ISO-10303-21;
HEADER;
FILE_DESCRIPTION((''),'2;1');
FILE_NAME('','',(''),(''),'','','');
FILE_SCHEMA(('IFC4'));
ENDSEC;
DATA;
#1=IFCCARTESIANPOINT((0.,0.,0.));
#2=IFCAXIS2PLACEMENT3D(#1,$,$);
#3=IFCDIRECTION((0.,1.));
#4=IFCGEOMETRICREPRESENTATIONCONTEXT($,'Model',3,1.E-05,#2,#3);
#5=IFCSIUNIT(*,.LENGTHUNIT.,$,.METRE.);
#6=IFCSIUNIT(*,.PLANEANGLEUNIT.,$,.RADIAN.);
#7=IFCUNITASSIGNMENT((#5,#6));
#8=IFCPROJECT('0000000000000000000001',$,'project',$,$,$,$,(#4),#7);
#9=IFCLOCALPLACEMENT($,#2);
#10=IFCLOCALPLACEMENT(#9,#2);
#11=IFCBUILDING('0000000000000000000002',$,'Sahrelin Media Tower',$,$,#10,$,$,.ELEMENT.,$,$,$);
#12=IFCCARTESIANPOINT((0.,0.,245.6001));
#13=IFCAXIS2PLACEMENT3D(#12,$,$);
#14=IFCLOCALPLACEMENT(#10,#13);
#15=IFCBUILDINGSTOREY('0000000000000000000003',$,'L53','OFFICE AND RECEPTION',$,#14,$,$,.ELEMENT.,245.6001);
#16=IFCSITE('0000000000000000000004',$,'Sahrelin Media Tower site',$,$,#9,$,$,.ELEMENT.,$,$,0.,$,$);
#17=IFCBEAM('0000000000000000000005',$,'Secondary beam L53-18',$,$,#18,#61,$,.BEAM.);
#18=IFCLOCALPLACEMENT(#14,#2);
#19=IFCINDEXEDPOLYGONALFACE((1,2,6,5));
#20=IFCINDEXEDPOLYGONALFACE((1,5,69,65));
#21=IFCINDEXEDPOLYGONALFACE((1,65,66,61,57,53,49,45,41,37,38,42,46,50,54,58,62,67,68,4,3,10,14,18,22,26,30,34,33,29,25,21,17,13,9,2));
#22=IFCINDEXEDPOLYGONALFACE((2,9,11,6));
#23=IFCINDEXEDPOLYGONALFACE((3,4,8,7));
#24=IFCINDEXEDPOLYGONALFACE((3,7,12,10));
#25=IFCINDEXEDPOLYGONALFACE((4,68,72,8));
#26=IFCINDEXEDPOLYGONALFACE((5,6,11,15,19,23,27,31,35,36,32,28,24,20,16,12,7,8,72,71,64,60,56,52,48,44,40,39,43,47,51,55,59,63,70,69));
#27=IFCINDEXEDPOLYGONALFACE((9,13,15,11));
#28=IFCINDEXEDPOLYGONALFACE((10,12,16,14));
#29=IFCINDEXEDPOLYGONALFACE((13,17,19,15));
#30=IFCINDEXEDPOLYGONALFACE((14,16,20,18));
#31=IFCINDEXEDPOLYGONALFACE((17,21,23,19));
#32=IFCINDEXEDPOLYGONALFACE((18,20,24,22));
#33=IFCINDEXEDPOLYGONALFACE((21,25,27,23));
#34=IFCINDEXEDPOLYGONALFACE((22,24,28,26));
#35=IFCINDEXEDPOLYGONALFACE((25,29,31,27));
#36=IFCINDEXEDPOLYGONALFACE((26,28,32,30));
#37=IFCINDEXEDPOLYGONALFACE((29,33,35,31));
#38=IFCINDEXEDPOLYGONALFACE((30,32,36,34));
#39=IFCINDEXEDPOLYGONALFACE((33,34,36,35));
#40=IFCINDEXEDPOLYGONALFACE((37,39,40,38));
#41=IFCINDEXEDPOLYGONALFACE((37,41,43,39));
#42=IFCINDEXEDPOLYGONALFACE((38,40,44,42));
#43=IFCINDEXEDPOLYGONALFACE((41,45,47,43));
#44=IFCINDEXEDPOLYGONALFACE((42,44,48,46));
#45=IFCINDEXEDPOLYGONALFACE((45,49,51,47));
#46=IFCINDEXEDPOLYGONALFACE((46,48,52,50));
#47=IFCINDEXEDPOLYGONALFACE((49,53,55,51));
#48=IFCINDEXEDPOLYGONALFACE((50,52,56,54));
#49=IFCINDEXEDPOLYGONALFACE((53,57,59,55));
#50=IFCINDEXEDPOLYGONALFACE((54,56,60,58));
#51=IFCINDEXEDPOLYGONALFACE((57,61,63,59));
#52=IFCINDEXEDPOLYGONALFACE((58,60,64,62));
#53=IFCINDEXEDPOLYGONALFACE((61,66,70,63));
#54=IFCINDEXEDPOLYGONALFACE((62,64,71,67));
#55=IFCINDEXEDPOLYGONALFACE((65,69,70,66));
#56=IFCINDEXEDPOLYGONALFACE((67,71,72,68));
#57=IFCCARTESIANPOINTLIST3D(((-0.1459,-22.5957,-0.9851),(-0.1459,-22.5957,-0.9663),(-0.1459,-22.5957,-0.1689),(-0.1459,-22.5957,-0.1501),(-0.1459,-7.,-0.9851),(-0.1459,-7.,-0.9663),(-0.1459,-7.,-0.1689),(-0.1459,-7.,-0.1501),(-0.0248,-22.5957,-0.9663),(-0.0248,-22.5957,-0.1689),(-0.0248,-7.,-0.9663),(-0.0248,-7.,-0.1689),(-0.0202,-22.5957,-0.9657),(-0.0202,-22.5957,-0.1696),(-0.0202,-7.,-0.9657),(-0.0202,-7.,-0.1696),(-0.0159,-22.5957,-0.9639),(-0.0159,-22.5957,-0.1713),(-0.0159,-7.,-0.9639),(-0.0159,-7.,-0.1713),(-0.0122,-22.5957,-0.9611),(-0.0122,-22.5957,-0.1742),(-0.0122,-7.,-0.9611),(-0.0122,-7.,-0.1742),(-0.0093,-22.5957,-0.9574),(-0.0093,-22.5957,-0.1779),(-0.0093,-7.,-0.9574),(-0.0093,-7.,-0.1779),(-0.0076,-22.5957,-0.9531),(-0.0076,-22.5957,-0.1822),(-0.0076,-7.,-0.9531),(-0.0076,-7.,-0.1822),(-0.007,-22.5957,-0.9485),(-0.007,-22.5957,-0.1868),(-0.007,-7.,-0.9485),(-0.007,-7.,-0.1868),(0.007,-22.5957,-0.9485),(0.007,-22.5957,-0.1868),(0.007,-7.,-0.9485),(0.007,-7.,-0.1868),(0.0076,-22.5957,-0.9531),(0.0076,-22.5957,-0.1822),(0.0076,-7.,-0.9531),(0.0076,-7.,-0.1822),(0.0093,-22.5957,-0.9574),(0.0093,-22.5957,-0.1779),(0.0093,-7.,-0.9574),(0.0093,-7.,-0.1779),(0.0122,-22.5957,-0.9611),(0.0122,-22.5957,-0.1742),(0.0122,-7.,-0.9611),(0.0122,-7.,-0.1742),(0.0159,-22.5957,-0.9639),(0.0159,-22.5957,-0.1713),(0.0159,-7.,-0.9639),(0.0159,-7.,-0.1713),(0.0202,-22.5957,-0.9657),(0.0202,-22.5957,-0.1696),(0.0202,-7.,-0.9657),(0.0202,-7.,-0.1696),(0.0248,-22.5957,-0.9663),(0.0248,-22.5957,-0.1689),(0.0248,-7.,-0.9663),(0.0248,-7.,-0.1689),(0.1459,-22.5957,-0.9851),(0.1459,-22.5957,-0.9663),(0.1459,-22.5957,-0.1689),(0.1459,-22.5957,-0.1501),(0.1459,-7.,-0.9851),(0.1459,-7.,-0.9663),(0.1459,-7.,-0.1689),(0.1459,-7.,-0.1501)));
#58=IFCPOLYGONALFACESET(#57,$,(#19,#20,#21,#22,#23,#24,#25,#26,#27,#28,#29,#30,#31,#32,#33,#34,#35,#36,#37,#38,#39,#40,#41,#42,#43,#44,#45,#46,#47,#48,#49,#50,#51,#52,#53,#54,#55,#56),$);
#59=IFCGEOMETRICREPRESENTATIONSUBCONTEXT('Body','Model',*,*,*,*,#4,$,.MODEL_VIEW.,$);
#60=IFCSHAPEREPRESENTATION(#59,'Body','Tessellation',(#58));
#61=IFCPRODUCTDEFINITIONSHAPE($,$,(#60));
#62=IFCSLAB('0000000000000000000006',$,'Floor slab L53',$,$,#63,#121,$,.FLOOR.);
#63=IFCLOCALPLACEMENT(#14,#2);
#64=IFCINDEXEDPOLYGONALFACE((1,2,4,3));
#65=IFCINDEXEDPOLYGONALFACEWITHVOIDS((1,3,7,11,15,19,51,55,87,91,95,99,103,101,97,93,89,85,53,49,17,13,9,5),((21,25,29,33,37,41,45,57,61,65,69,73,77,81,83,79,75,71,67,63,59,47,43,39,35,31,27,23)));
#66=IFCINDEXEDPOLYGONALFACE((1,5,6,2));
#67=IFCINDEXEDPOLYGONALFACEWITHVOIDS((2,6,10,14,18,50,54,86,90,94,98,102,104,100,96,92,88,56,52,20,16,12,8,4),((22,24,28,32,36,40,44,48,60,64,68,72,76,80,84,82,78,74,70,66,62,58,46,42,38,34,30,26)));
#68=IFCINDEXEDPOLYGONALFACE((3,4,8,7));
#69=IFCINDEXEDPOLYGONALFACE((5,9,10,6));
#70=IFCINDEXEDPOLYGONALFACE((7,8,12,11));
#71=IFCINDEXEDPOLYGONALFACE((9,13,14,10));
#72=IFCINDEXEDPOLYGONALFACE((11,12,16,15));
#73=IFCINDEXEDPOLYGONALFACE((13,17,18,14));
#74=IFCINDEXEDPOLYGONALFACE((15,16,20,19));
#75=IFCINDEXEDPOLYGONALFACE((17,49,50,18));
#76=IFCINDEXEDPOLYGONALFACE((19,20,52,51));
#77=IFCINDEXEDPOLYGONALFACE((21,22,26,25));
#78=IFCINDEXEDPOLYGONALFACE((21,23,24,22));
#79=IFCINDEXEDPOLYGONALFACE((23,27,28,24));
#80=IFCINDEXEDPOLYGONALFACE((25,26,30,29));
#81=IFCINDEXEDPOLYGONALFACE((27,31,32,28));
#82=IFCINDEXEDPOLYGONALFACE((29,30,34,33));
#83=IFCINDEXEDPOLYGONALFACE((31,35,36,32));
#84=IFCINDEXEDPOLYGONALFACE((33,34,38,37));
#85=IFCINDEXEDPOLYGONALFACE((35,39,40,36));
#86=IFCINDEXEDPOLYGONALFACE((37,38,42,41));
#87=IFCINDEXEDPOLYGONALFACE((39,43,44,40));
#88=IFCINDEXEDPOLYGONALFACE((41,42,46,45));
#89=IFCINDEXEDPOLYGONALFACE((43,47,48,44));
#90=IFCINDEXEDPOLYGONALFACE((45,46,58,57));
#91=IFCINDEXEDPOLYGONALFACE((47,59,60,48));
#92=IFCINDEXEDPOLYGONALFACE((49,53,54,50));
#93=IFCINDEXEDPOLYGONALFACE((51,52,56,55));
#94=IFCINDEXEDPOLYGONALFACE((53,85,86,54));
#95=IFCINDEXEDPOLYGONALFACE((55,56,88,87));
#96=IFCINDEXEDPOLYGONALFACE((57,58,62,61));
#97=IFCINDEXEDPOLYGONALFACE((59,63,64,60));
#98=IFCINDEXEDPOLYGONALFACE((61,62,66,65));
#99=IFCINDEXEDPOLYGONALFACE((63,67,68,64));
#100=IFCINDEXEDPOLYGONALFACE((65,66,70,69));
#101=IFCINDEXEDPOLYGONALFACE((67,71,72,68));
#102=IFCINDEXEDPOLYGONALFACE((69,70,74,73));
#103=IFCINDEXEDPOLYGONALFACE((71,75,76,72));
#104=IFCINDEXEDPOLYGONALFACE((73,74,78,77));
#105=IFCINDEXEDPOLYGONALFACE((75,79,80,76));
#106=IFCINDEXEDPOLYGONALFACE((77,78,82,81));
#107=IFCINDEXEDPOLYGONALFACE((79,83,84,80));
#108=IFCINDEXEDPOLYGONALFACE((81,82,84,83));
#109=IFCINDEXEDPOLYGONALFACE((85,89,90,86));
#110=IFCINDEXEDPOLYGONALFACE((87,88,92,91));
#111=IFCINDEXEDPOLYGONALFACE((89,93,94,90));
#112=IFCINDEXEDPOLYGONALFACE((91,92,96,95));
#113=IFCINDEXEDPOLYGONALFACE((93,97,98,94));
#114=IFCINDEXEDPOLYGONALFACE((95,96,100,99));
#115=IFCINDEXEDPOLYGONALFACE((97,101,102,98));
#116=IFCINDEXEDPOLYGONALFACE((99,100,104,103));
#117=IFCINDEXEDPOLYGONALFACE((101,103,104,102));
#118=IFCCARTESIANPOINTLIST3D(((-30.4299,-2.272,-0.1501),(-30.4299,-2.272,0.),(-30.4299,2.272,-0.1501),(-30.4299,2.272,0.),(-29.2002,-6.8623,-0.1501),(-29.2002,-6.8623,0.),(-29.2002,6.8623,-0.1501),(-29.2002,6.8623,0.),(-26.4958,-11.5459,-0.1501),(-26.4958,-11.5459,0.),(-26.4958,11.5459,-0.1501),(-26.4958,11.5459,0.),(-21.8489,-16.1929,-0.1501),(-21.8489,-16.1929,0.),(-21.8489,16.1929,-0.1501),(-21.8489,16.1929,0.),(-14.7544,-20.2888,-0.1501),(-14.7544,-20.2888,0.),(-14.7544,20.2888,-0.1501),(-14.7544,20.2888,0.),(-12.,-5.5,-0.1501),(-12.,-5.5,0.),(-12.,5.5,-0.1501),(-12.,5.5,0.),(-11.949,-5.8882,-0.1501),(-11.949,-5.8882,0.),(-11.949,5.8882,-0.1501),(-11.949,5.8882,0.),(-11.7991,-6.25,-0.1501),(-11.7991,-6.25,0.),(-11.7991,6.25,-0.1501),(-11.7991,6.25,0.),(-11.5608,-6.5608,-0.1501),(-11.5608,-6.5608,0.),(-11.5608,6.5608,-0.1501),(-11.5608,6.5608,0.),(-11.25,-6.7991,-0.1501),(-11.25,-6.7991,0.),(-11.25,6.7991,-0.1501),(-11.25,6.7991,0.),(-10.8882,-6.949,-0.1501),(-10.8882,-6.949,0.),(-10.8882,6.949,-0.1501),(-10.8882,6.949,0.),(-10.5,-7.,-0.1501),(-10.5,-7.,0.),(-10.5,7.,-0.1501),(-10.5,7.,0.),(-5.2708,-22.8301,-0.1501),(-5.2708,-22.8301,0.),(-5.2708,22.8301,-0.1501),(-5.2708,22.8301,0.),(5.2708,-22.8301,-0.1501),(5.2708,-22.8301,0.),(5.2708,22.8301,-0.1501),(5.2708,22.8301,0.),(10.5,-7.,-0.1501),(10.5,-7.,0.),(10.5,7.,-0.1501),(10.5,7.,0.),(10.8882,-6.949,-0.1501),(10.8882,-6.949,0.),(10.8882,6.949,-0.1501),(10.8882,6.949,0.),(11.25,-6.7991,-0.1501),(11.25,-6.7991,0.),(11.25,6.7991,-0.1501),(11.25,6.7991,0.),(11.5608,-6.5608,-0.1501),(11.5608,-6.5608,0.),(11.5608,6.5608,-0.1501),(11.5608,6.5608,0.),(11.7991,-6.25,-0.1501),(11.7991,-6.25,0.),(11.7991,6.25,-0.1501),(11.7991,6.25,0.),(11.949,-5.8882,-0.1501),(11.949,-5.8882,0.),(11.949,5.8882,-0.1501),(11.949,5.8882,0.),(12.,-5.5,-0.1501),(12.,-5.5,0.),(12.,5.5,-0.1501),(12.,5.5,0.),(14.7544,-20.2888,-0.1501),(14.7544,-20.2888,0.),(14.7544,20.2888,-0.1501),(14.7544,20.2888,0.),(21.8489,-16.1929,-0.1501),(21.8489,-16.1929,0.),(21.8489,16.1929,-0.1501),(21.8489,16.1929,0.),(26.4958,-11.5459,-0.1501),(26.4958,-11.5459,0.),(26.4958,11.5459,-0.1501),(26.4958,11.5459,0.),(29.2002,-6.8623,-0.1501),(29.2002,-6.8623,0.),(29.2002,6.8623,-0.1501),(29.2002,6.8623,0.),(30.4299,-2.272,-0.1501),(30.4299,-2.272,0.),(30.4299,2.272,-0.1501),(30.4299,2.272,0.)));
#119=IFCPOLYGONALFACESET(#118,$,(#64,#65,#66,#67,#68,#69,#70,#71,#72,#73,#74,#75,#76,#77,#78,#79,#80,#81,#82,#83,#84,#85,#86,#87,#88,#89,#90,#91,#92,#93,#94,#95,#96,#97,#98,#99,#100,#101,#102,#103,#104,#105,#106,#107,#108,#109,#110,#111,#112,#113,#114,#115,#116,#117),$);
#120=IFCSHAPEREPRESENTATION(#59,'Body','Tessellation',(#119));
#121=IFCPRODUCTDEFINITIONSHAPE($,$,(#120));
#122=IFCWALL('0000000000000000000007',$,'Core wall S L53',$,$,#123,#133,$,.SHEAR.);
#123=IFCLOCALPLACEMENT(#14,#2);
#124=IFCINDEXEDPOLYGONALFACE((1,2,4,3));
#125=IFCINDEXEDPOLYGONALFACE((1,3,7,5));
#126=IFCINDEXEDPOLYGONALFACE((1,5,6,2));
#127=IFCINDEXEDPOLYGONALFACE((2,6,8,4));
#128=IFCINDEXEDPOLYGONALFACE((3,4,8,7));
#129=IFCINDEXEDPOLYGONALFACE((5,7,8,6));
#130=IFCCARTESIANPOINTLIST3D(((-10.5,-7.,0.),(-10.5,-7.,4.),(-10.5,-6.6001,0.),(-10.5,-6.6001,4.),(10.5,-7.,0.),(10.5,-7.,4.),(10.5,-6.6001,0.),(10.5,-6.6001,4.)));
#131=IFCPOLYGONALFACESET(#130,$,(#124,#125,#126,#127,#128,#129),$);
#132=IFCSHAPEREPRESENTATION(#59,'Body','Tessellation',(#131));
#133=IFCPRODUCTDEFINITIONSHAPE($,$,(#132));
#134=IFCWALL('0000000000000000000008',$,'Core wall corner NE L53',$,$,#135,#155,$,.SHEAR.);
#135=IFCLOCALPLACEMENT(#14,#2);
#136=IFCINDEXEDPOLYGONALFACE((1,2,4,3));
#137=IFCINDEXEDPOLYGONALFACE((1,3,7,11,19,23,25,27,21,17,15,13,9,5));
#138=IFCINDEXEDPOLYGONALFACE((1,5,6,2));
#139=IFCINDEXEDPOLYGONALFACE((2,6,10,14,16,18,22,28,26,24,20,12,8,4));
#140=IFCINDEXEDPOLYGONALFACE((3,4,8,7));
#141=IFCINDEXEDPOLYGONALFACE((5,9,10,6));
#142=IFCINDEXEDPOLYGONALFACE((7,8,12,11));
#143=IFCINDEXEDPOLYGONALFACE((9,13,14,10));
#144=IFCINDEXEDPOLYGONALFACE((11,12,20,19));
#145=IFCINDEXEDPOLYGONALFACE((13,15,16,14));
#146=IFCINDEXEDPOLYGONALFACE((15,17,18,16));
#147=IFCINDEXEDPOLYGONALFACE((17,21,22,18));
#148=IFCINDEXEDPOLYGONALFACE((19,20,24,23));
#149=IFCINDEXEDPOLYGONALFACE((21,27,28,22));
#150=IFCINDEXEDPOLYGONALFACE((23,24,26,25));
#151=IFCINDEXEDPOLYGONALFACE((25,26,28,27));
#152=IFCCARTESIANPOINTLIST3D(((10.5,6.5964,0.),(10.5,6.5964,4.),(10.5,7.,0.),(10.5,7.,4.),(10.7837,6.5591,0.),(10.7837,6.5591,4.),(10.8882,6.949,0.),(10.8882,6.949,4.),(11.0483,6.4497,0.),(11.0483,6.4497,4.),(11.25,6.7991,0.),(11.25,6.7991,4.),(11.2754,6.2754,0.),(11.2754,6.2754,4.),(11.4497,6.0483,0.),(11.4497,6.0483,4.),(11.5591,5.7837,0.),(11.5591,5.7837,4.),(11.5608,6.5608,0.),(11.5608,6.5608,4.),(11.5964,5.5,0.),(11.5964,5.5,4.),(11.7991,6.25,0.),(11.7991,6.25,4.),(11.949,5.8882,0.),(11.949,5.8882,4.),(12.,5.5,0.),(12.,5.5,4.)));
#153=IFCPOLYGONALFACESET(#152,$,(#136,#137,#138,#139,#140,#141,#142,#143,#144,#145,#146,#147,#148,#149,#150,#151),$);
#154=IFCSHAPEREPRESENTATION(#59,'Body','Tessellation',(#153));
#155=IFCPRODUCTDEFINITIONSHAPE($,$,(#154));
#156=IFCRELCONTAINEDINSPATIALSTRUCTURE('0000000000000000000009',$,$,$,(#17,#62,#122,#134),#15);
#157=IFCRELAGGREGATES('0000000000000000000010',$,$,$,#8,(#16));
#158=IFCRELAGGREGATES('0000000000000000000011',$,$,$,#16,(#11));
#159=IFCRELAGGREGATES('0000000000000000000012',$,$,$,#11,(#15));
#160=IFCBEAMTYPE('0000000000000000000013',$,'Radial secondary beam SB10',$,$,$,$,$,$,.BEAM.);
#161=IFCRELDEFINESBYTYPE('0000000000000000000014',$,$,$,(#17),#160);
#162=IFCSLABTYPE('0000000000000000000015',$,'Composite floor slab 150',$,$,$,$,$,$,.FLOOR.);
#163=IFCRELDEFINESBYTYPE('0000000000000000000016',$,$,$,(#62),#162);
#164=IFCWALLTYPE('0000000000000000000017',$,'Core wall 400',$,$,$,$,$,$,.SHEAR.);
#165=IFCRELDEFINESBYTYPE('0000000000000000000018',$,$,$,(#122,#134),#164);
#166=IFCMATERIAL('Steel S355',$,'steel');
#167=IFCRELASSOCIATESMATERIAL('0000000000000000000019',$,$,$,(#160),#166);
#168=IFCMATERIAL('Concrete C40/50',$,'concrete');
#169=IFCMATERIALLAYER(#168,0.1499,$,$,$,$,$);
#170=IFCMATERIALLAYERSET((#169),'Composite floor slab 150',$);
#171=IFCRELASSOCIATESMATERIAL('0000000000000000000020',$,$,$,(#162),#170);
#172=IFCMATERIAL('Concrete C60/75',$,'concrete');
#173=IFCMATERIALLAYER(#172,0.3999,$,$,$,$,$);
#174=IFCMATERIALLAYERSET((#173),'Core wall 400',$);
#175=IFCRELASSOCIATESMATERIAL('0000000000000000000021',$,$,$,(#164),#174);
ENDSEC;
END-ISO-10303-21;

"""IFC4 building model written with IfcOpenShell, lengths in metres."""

from ifc_helpers import new_model, si_unit, direction, frame, frame_2d, origin, origin_2d, place, context, subcontext, project, spatial, polyline, rectangle, i_section, outline, extrude, material, layer, layer_set, material_profile, profile_set, type_object, element, save


model = new_model("IFC4")

# Units and contexts
model_context = context("Model", 3, precision=1e-05, world=origin(), true_north=direction((0.0, 1.0)))
body_context = subcontext(model_context, "Body", "Model", "MODEL_VIEW")
ifc_project = project(units=[si_unit("LENGTHUNIT", "METRE"), si_unit("PLANEANGLEUNIT", "RADIAN")], contexts=[model_context])

# Site, building, storey
site_placement = place(None, origin())
site = spatial("IfcSite", under=ifc_project, at=site_placement, Name="Sahrelin Media Tower site", CompositionType="ELEMENT", RefElevation=0.0)
building_placement = place(site_placement, origin())
building = spatial("IfcBuilding", under=site, at=building_placement, Name="Sahrelin Media Tower", CompositionType="ELEMENT")
storey_placement = place(building_placement, frame((0.0, 0.0, 245.6001)))
storey = spatial("IfcBuildingStorey", under=building, at=storey_placement, Name="L53", Description="OFFICE AND RECEPTION", CompositionType="ELEMENT", Elevation=245.6001)

# Beam
ifc_material_1 = material(Name="Steel S355", Category="steel")
ifc_material_profile = material_profile(ifc_material_1, i_section(OverallWidth=0.2917, OverallDepth=0.835, WebThickness=0.0139, FlangeThickness=0.0188, FilletRadius=0.0178, at=origin_2d()), Name="UB 838x292x176")
ifc_profile_set = profile_set([ifc_material_profile], Name="Steel S355")
beam_type = type_object("IfcBeamType", Name="Radial secondary beam SB10", PredefinedType="BEAM", material=ifc_profile_set)
beam_placement = place(storey_placement, frame((0.0, -7.0, -0.5676), z_axis=(0.0, -1.0, 0.0), x_axis=(1.0, 0.0, 0.0)))
element("IfcBeam", 1, at=beam_placement, inside=storey, type_object=beam_type, Name="Secondary beam L53-18", PredefinedType="BEAM", context=body_context, shape_type="SweptSolid", body=[
    extrude(i_section(OverallWidth=0.2917, OverallDepth=0.835, WebThickness=0.0139, FlangeThickness=0.0188, FilletRadius=0.0178, at=origin_2d()), origin(), (0.0, 0.0, 1.0), 15.5957),
])

# Slab
ifc_material_2 = material(Name="Concrete C40/50", Category="concrete")
ifc_layer_1 = layer(ifc_material_2, 0.1499)
ifc_layer_set_1 = layer_set([ifc_layer_1], Name="Composite floor slab 150")
slab_type = type_object("IfcSlabType", Name="Composite floor slab 150", PredefinedType="FLOOR", material=ifc_layer_set_1)
slab_placement = place(storey_placement, frame((0.0, 0.0, -0.1501)))
element("IfcSlab", 2, at=slab_placement, inside=storey, type_object=slab_type, Name="Floor slab L53", PredefinedType="FLOOR", context=body_context, shape_type="SweptSolid", body=[
    extrude(outline(polyline([(30.4299, -2.272), (30.4299, 2.272), (29.2002, 6.8623), (26.4958, 11.5459), (21.8489, 16.1929), (14.7544, 20.2888), (5.2708, 22.8301), (-5.2708, 22.8301), (-14.7544, 20.2888), (-21.8489, 16.1929), (-26.4958, 11.5459), (-29.2002, 6.8623), (-30.4299, 2.272), (-30.4299, -2.272), (-29.2002, -6.8623), (-26.4958, -11.5459), (-21.8489, -16.1929), (-14.7544, -20.2888), (-5.2708, -22.8301), (5.2708, -22.8301), (14.7544, -20.2888), (21.8489, -16.1929), (26.4958, -11.5459), (29.2002, -6.8623), (30.4299, -2.272)]), holes=[polyline([(11.949, 5.8882), (12.0, 5.5), (12.0, -5.5), (11.949, -5.8882), (11.7991, -6.25), (11.5608, -6.5608), (11.25, -6.7991), (10.8882, -6.949), (10.5, -7.0), (-10.5, -7.0), (-10.8882, -6.949), (-11.25, -6.7991), (-11.5608, -6.5608), (-11.7991, -6.25), (-11.949, -5.8882), (-12.0, -5.5), (-12.0, 5.5), (-11.949, 5.8882), (-11.7991, 6.25), (-11.5608, 6.5608), (-11.25, 6.7991), (-10.8882, 6.949), (-10.5, 7.0), (10.5, 7.0), (10.8882, 6.949), (11.25, 6.7991), (11.5608, 6.5608), (11.7991, 6.25), (11.949, 5.8882)])]), origin(), (0.0, 0.0, 1.0), 0.1501),
])

# Walls
ifc_material_3 = material(Name="Concrete C60/75", Category="concrete")
ifc_layer_2 = layer(ifc_material_3, 0.3999)
ifc_layer_set_2 = layer_set([ifc_layer_2], Name="Core wall 400")
wall_type_1 = type_object("IfcWallType", Name="Core wall 400", PredefinedType="SHEAR", material=ifc_layer_set_2)
wall_1_placement = place(storey_placement, frame((-10.5, -6.8, 0.0), z_axis=(0.0, 0.0, 1.0), x_axis=(1.0, 0.0, 0.0)))
element("IfcWall", 3, at=wall_1_placement, inside=storey, type_object=wall_type_1, Name="Core wall S L53", PredefinedType="SHEAR", context=body_context, shape_type="SweptSolid", body=[
    extrude(rectangle(XDim=21.0, YDim=0.3999, at=frame_2d((10.5, 0.0))), origin(), (0.0, 0.0, 1.0), 4.0),
])
wall_2_placement = place(storey_placement, origin())
element("IfcWall", 4, at=wall_2_placement, inside=storey, type_object=wall_type_1, Name="Core wall corner NE L53", PredefinedType="SHEAR", context=body_context, shape_type="SweptSolid", body=[
    extrude(outline(polyline([(10.5, 7.0), (10.5, 6.5964), (10.7837, 6.5591), (11.0483, 6.4497), (11.2754, 6.2754), (11.4497, 6.0483), (11.5591, 5.7837), (11.5964, 5.5), (12.0, 5.5), (11.949, 5.8882), (11.7991, 6.25), (11.5608, 6.5608), (11.25, 6.7991), (10.8882, 6.949), (10.5, 7.0)])), origin(), (0.0, 0.0, 1.0), 4.0),
])

save(model, "model.ifc")
